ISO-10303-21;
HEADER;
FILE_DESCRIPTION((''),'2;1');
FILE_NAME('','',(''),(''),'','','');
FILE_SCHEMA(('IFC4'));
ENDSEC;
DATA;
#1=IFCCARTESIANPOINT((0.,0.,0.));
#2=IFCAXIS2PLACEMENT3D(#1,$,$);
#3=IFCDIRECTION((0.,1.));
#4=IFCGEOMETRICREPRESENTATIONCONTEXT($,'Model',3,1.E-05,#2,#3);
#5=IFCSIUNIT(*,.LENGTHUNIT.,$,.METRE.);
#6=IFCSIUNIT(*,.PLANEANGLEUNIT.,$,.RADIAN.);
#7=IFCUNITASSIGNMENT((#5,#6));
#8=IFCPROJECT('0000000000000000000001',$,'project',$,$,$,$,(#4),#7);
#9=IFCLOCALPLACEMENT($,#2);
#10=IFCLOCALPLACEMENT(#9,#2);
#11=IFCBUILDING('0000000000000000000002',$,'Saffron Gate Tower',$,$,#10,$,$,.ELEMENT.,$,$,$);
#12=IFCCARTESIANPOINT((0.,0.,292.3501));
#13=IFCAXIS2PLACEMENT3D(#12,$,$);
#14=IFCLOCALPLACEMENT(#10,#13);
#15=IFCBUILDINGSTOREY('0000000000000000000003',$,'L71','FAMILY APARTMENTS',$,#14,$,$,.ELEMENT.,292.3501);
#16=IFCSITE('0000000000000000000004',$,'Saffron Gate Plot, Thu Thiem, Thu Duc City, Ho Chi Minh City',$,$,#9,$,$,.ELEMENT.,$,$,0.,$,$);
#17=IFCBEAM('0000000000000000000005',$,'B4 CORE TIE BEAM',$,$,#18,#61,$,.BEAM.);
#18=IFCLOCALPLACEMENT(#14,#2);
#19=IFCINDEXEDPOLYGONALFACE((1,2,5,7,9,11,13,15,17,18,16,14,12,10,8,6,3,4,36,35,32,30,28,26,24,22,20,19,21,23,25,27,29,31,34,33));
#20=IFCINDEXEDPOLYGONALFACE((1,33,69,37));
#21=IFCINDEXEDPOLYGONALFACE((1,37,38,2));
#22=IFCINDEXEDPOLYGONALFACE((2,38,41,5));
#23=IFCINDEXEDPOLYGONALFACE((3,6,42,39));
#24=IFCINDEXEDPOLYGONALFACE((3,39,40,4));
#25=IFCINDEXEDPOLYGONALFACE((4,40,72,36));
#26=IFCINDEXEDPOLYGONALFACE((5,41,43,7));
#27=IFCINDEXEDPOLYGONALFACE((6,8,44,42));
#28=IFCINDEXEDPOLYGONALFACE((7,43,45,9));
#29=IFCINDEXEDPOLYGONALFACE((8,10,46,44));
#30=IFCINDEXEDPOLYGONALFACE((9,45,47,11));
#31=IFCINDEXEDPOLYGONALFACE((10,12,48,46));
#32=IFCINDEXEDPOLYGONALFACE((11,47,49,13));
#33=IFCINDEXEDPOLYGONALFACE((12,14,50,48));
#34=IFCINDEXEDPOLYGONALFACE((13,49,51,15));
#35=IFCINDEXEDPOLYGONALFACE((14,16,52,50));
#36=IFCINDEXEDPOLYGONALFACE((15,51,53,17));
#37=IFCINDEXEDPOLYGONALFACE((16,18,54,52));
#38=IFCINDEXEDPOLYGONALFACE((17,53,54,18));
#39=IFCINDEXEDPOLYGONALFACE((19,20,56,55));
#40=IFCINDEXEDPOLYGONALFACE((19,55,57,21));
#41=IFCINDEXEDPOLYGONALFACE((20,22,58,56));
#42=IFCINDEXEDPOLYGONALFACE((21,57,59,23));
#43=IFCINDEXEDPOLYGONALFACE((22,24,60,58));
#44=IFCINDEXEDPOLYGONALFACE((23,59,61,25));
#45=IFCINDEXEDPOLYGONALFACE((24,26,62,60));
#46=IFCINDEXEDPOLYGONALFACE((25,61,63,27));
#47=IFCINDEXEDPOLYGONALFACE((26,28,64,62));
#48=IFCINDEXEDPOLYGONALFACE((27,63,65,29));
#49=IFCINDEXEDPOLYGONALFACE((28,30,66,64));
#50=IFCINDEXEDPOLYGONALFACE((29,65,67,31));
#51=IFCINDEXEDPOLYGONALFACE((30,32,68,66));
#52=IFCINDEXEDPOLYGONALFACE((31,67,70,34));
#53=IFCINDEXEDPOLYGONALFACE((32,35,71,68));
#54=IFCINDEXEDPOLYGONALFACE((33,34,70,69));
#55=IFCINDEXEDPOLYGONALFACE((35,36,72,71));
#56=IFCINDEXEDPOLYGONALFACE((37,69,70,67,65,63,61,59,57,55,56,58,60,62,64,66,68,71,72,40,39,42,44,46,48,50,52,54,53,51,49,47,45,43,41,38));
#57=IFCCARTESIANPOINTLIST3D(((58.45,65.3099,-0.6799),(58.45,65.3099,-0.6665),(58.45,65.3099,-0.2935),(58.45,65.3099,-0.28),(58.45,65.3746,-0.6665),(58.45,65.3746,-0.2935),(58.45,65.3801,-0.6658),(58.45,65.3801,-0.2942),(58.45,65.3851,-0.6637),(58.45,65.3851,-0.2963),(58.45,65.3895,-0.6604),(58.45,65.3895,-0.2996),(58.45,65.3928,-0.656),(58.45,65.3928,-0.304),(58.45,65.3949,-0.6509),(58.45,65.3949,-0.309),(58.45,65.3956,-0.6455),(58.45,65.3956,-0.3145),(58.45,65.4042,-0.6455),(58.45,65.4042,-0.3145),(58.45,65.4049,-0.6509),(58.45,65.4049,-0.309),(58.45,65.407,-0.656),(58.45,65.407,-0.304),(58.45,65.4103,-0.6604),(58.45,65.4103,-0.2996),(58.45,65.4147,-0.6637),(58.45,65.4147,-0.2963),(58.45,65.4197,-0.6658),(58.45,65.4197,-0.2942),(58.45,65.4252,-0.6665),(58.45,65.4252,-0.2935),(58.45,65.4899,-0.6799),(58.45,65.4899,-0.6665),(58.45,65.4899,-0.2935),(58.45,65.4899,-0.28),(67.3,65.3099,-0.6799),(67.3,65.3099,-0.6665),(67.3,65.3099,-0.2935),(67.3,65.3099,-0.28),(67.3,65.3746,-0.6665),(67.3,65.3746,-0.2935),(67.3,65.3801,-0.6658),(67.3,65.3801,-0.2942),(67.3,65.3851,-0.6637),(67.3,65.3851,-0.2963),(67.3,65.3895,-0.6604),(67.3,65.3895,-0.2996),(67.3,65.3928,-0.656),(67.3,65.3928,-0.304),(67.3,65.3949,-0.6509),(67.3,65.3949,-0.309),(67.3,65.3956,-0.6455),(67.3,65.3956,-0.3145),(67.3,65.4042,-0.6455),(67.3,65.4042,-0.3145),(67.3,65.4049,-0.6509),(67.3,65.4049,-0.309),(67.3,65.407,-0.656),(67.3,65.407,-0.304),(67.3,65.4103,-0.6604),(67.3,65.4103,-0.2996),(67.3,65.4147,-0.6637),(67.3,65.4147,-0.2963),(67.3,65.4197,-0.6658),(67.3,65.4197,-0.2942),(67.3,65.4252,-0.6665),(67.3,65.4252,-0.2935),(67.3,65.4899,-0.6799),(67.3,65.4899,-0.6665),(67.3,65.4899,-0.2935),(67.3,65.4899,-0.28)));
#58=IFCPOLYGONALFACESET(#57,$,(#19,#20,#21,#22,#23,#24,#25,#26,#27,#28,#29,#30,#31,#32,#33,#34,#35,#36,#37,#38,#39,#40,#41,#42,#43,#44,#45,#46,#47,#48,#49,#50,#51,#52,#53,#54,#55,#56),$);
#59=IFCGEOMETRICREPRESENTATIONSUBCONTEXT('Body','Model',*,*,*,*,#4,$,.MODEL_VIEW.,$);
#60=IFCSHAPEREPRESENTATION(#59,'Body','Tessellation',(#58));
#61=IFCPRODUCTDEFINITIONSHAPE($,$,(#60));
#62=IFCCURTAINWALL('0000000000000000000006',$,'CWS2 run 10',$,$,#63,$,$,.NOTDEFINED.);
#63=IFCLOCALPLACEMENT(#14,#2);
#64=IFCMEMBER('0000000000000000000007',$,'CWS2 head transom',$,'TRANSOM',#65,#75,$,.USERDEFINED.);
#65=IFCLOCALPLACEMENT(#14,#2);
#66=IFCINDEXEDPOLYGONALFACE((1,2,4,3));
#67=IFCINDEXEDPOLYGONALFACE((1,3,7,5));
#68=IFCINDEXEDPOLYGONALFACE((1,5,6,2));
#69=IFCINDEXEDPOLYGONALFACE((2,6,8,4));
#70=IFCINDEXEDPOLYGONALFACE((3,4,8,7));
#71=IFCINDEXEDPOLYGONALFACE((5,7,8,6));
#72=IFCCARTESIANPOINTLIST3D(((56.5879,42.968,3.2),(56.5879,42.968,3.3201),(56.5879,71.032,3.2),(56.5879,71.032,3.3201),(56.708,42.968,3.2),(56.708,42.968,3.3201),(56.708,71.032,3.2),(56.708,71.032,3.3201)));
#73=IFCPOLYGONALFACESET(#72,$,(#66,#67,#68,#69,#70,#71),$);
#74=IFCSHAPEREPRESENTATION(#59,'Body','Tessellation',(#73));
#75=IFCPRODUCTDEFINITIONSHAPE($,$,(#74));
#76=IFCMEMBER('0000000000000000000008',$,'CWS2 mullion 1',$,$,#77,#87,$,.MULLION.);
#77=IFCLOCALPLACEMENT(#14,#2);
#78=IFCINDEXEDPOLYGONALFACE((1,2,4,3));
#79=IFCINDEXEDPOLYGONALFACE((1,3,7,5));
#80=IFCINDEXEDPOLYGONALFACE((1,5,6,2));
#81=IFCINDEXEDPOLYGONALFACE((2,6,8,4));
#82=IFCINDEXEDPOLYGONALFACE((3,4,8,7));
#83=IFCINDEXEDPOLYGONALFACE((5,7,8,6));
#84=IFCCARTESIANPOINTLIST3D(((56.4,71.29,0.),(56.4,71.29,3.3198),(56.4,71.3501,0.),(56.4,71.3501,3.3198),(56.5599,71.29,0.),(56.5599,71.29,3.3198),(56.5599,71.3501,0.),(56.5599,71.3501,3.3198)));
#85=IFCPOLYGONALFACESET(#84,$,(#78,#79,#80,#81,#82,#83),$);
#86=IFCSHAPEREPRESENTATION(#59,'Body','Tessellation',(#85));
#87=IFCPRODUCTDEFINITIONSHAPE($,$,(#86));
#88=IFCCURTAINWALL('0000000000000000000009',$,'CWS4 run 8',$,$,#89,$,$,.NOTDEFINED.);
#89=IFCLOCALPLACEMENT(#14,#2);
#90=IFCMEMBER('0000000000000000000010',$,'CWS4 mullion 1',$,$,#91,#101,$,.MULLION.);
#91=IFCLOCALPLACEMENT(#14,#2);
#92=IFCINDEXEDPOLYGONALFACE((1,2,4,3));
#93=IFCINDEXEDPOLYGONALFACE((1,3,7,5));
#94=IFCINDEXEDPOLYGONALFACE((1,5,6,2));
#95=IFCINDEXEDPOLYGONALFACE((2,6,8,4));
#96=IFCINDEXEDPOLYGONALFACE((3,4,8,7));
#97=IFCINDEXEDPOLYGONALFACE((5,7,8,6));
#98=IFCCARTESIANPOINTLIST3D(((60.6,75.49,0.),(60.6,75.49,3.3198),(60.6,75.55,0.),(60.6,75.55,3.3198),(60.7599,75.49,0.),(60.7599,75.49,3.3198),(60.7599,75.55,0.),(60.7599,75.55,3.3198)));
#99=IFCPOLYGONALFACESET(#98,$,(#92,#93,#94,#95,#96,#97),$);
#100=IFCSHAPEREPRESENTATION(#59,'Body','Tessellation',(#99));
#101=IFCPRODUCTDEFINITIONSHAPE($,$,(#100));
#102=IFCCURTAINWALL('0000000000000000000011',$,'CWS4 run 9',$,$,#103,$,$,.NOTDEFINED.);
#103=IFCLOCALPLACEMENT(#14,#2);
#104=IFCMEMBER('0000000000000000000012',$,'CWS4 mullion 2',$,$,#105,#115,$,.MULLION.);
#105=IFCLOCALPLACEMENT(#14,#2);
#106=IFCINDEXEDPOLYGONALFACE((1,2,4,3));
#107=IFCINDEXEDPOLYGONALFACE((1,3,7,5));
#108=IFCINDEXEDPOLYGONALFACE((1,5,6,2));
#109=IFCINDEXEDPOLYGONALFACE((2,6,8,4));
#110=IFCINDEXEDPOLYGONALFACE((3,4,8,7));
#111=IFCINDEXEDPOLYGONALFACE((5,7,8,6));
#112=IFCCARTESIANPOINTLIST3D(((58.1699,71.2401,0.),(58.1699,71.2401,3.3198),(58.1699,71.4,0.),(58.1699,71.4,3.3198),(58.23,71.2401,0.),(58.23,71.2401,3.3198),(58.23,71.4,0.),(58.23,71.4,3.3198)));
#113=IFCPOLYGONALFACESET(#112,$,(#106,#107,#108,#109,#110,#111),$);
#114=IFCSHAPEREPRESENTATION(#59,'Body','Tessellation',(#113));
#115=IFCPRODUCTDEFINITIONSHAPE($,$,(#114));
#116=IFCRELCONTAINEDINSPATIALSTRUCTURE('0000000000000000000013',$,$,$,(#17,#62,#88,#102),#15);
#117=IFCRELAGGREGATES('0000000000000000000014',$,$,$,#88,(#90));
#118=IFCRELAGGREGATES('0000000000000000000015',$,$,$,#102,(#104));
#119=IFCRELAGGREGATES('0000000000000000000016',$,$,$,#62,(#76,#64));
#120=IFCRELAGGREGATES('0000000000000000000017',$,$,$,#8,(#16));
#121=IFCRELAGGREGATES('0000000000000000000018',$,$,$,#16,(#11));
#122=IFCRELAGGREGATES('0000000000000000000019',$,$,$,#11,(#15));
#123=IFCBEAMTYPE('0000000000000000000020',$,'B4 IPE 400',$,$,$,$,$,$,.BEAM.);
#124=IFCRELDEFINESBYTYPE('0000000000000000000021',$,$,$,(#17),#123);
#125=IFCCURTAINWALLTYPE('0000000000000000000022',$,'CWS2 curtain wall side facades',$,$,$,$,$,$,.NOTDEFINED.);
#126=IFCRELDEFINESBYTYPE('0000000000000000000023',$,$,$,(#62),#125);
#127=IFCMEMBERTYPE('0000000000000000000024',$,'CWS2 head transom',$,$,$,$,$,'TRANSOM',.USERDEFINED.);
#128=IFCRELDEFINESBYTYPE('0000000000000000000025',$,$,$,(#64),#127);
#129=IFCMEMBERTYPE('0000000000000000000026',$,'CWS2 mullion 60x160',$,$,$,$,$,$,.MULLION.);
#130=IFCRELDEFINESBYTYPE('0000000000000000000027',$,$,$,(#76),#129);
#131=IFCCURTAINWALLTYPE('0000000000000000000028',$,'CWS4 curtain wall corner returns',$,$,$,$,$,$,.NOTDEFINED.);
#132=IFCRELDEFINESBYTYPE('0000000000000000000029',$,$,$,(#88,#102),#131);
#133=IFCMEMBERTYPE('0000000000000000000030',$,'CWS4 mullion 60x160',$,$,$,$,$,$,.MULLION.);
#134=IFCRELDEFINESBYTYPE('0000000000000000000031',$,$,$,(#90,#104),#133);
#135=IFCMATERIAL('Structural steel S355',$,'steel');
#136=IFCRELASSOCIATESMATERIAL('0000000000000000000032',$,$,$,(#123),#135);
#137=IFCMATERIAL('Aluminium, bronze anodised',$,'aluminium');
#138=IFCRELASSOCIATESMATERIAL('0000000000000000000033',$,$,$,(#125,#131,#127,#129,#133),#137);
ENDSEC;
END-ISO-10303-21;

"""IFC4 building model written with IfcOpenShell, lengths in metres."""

from ifc_helpers import new_model, si_unit, direction, frame, origin, origin_2d, place, context, subcontext, project, spatial, rectangle, i_section, extrude, material, material_profile, profile_set, type_object, element, aggregate, save


model = new_model("IFC4")

# Units and contexts
model_context = context("Model", 3, precision=1e-05, world=origin(), true_north=direction((0.0, 1.0)))
body_context = subcontext(model_context, "Body", "Model", "MODEL_VIEW")
ifc_project = project(units=[si_unit("LENGTHUNIT", "METRE"), si_unit("PLANEANGLEUNIT", "RADIAN")], contexts=[model_context])

# Site, building, storey
site_placement = place(None, origin())
site = spatial("IfcSite", under=ifc_project, at=site_placement, Name="Saffron Gate Plot, Thu Thiem, Thu Duc City, Ho Chi Minh City", CompositionType="ELEMENT", RefElevation=0.0)
building_placement = place(site_placement, origin())
building = spatial("IfcBuilding", under=site, at=building_placement, Name="Saffron Gate Tower", CompositionType="ELEMENT")
storey_placement = place(building_placement, frame((0.0, 0.0, 292.3501)))
storey = spatial("IfcBuildingStorey", under=building, at=storey_placement, Name="L71", Description="FAMILY APARTMENTS", CompositionType="ELEMENT", Elevation=292.3501)

# Beam
ifc_material_1 = material(Name="Structural steel S355", Category="steel")
ifc_material_profile_1 = material_profile(ifc_material_1, i_section(OverallWidth=0.1799, OverallDepth=0.3999, WebThickness=0.0085, FlangeThickness=0.0134, FilletRadius=0.021, at=origin_2d()))
ifc_profile_set_1 = profile_set([ifc_material_profile_1], Name="Structural steel S355")
beam_type = type_object("IfcBeamType", Name="B4 IPE 400", PredefinedType="BEAM", material=ifc_profile_set_1)
beam_placement = place(storey_placement, frame((58.45, 65.3999, -0.48), z_axis=(1.0, 0.0, 0.0), x_axis=(0.0, 1.0, 0.0)))
element("IfcBeam", 1, at=beam_placement, inside=storey, type_object=beam_type, Name="B4 CORE TIE BEAM", PredefinedType="BEAM", context=body_context, shape_type="SweptSolid", body=[
    extrude(i_section(OverallWidth=0.1799, OverallDepth=0.3999, WebThickness=0.0085, FlangeThickness=0.0134, FilletRadius=0.021, at=origin_2d()), origin(), (0.0, 0.0, 1.0), 8.8501),
])

# Curtain wall, members
ifc_material_2 = material(Name="Aluminium, bronze anodised", Category="aluminium")
curtain_wall_type_1 = type_object("IfcCurtainWallType", Name="CWS2 curtain wall side facades", PredefinedType="NOTDEFINED", material=ifc_material_2)
curtain_wall_1_placement = place(storey_placement, origin())
curtain_wall_1 = element("IfcCurtainWall", 2, at=curtain_wall_1_placement, inside=storey, type_object=curtain_wall_type_1, Name="CWS2 run 10", PredefinedType="NOTDEFINED")
ifc_material_profile_2 = material_profile(ifc_material_2, rectangle(XDim=0.1201, YDim=0.1201, at=origin_2d()))
ifc_profile_set_2 = profile_set([ifc_material_profile_2], Name="Aluminium, bronze anodised")
member_type_1 = type_object("IfcMemberType", Name="CWS2 head transom", ElementType="TRANSOM", PredefinedType="USERDEFINED", material=ifc_profile_set_2)
member_1_placement = place(storey_placement, frame((56.6479, 71.032, 3.26), z_axis=(0.0, -1.0, 0.0), x_axis=(1.0, 0.0, 0.0)))
member_1 = element("IfcMember", 3, at=member_1_placement, type_object=member_type_1, Name="CWS2 head transom", ObjectType="TRANSOM", PredefinedType="USERDEFINED", context=body_context, shape_type="SweptSolid", body=[
    extrude(rectangle(XDim=0.1201, YDim=0.1201, at=origin_2d()), origin(), (0.0, 0.0, 1.0), 28.064),
])
ifc_material_profile_3 = material_profile(ifc_material_2, rectangle(XDim=0.1599, YDim=0.0601, at=origin_2d()))
ifc_profile_set_3 = profile_set([ifc_material_profile_3], Name="Aluminium, bronze anodised")
member_type_2 = type_object("IfcMemberType", Name="CWS2 mullion 60x160", PredefinedType="MULLION", material=ifc_profile_set_3)
member_2_placement = place(storey_placement, frame((56.48, 71.3201, 0.0), z_axis=(0.0, 0.0, 1.0), x_axis=(1.0, 0.0, 0.0)))
member_2 = element("IfcMember", 4, at=member_2_placement, type_object=member_type_2, Name="CWS2 mullion 1", PredefinedType="MULLION", context=body_context, shape_type="SweptSolid", body=[
    extrude(rectangle(XDim=0.1599, YDim=0.0601, at=origin_2d()), origin(), (0.0, 0.0, 1.0), 3.3198),
])

# Curtain walls, members
curtain_wall_type_2 = type_object("IfcCurtainWallType", Name="CWS4 curtain wall corner returns", PredefinedType="NOTDEFINED", material=ifc_material_2)
curtain_wall_2_placement = place(storey_placement, origin())
curtain_wall_2 = element("IfcCurtainWall", 5, at=curtain_wall_2_placement, inside=storey, type_object=curtain_wall_type_2, Name="CWS4 run 8", PredefinedType="NOTDEFINED")
ifc_material_profile_4 = material_profile(ifc_material_2, rectangle(XDim=0.1599, YDim=0.0601, at=origin_2d()))
ifc_profile_set_4 = profile_set([ifc_material_profile_4], Name="Aluminium, bronze anodised")
member_type_3 = type_object("IfcMemberType", Name="CWS4 mullion 60x160", PredefinedType="MULLION", material=ifc_profile_set_4)
member_3_placement = place(storey_placement, frame((60.6799, 75.52, 0.0), z_axis=(0.0, 0.0, 1.0), x_axis=(1.0, 0.0, 0.0)))
member_3 = element("IfcMember", 6, at=member_3_placement, type_object=member_type_3, Name="CWS4 mullion 1", PredefinedType="MULLION", context=body_context, shape_type="SweptSolid", body=[
    extrude(rectangle(XDim=0.1599, YDim=0.0601, at=origin_2d()), origin(), (0.0, 0.0, 1.0), 3.3198),
])
aggregate(curtain_wall_2, [member_3])
curtain_wall_3_placement = place(storey_placement, origin())
curtain_wall_3 = element("IfcCurtainWall", 7, at=curtain_wall_3_placement, inside=storey, type_object=curtain_wall_type_2, Name="CWS4 run 9", PredefinedType="NOTDEFINED")
member_4_placement = place(storey_placement, frame((58.2, 71.3201, 0.0), z_axis=(0.0, 0.0, 1.0), x_axis=(0.0, -1.0, 0.0)))
member_4 = element("IfcMember", 8, at=member_4_placement, type_object=member_type_3, Name="CWS4 mullion 2", PredefinedType="MULLION", context=body_context, shape_type="SweptSolid", body=[
    extrude(rectangle(XDim=0.1599, YDim=0.0601, at=origin_2d()), origin(), (0.0, 0.0, 1.0), 3.3198),
])
aggregate(curtain_wall_3, [member_4])

aggregate(curtain_wall_1, [member_2, member_1])

save(model, "model.ifc")
